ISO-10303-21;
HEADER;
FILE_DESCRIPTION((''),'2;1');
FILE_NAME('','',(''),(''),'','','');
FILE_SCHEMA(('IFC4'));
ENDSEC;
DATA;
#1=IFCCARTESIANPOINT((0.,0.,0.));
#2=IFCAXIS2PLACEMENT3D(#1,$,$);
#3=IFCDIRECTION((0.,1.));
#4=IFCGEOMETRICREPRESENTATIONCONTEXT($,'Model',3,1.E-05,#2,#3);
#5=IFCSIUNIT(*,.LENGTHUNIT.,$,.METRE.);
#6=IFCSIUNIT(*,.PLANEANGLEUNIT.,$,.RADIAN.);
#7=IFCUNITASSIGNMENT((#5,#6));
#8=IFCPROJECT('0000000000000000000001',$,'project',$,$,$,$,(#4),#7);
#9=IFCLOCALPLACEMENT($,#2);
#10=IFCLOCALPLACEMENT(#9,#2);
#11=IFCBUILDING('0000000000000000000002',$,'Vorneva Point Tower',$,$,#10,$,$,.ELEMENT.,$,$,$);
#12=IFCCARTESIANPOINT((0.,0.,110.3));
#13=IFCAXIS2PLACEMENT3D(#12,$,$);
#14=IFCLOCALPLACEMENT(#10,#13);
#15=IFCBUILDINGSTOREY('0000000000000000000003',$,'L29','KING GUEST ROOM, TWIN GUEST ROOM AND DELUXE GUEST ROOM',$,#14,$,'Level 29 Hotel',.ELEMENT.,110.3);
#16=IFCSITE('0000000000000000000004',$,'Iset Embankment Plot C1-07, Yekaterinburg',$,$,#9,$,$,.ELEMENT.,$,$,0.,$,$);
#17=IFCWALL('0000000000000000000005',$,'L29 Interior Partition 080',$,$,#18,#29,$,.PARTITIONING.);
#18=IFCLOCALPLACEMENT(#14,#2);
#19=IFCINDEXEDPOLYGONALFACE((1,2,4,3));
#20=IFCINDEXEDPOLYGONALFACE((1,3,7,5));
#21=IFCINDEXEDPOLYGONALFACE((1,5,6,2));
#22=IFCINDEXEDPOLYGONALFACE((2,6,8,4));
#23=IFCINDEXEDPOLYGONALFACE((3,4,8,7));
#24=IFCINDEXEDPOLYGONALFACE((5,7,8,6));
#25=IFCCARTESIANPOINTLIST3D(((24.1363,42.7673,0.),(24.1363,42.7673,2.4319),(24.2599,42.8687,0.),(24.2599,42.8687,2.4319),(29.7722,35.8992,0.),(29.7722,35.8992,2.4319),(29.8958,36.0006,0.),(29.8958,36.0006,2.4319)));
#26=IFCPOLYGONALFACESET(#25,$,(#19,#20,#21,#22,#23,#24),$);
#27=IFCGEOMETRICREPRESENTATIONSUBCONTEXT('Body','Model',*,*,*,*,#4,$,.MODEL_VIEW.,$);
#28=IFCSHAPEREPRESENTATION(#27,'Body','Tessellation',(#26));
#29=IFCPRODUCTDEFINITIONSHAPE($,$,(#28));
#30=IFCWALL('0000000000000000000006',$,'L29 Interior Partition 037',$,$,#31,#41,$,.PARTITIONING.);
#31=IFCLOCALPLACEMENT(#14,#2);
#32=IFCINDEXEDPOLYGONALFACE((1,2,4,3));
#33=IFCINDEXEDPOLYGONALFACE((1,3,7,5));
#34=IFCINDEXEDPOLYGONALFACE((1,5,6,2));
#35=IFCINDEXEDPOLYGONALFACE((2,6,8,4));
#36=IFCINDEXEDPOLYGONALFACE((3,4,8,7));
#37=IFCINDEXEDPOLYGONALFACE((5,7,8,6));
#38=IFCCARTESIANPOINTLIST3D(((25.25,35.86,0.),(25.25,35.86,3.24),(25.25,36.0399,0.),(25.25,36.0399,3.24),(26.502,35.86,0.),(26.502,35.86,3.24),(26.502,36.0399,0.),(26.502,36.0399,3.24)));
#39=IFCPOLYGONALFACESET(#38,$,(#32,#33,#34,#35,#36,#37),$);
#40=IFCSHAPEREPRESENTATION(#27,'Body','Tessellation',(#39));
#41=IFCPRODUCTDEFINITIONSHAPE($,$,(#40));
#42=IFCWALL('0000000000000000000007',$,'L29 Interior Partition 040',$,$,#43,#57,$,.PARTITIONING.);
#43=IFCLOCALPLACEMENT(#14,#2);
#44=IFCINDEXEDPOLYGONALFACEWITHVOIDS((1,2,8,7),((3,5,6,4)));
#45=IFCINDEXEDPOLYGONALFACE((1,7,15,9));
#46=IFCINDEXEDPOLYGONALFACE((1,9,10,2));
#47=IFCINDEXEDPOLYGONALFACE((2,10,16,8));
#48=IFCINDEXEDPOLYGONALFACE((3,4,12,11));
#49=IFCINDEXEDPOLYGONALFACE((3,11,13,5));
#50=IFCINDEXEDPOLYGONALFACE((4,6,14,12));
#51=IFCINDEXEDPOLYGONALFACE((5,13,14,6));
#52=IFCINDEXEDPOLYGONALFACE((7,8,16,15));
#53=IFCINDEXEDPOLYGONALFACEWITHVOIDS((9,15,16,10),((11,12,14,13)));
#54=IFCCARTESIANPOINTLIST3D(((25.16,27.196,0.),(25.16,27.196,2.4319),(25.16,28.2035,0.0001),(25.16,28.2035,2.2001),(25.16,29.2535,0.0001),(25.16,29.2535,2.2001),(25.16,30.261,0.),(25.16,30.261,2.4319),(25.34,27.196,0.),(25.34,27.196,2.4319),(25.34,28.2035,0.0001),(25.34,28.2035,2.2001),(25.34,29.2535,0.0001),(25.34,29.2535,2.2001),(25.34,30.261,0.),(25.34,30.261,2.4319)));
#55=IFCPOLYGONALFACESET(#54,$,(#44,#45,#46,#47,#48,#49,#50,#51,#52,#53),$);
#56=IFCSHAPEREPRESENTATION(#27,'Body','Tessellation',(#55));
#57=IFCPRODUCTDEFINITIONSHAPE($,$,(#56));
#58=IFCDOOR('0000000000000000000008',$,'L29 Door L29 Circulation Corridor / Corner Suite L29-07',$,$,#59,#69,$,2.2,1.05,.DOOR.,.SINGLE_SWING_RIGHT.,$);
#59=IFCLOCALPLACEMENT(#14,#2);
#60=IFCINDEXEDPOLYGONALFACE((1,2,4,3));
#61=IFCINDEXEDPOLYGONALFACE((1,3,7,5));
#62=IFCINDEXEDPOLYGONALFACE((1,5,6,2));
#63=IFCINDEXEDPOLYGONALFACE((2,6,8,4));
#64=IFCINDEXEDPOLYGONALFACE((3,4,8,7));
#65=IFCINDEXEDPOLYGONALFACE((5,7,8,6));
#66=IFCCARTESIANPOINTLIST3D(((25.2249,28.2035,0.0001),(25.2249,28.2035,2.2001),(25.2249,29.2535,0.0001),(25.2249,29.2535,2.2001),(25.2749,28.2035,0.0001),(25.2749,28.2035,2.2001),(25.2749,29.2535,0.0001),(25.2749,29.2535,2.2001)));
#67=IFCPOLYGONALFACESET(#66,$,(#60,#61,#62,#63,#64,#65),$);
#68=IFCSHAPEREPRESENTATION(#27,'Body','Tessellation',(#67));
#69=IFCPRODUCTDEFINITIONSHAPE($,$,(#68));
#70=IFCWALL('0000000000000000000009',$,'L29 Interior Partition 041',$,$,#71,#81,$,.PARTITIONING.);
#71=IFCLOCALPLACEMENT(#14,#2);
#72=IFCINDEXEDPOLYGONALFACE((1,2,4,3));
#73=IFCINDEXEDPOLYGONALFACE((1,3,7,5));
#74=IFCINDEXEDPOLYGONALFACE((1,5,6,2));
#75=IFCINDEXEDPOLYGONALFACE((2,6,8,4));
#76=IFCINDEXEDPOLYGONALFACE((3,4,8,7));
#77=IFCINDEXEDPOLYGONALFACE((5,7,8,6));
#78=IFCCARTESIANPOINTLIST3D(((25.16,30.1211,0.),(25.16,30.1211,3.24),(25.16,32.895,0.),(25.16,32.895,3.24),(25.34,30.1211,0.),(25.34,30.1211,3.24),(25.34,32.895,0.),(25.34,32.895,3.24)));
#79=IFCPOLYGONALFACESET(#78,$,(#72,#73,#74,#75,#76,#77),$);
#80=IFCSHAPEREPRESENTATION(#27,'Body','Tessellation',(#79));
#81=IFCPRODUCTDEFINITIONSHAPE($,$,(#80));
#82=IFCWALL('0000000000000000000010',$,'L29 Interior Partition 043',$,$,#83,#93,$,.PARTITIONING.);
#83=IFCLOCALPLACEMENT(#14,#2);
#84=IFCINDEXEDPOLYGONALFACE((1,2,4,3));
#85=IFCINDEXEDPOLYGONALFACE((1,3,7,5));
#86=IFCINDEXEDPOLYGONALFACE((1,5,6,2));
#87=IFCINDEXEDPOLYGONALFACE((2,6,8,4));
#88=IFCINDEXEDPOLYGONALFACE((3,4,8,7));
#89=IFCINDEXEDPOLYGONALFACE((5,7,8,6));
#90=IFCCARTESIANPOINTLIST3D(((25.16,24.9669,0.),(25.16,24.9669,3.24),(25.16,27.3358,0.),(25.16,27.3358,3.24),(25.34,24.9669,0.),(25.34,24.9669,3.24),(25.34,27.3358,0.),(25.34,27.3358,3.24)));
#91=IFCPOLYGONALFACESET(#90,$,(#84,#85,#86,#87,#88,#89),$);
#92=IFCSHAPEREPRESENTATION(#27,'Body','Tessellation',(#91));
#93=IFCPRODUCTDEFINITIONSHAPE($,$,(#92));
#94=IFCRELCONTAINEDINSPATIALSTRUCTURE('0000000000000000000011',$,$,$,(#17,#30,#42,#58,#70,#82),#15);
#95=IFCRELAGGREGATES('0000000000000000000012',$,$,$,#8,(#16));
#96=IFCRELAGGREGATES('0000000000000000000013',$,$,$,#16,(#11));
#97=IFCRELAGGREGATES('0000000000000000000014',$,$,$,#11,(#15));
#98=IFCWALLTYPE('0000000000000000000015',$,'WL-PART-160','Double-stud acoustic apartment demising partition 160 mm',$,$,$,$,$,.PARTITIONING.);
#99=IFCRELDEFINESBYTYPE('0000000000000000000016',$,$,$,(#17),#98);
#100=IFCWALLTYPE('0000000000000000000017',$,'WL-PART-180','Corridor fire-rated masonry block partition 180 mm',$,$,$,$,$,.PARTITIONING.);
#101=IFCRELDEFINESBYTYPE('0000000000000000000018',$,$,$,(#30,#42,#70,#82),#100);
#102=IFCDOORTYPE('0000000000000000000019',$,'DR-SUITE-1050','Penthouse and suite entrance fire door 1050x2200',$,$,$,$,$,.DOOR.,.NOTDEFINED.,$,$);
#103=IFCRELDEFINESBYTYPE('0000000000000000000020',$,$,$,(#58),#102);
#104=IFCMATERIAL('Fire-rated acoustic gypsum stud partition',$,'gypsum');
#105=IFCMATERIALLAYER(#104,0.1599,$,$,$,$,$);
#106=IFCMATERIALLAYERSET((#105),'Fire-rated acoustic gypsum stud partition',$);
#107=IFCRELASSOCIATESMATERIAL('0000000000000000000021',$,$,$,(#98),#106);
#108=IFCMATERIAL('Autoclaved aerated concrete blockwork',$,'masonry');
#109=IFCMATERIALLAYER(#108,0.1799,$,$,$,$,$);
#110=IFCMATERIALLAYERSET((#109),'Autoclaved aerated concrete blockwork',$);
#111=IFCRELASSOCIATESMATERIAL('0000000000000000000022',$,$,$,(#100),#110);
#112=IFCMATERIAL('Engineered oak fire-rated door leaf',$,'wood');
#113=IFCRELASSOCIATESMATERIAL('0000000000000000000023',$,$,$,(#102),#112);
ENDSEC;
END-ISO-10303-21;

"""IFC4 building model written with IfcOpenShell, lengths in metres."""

from ifc_helpers import new_model, si_unit, direction, frame, frame_2d, origin, place, context, subcontext, project, spatial, rectangle, extrude, material, layer, layer_set, type_object, element, fill, save


model = new_model("IFC4")

# Units and contexts
model_context = context("Model", 3, precision=1e-05, world=origin(), true_north=direction((0.0, 1.0)))
body_context = subcontext(model_context, "Body", "Model", "MODEL_VIEW")
ifc_project = project(units=[si_unit("LENGTHUNIT", "METRE"), si_unit("PLANEANGLEUNIT", "RADIAN")], contexts=[model_context])

# Site, building, storey
site_placement = place(None, origin())
site = spatial("IfcSite", under=ifc_project, at=site_placement, Name="Iset Embankment Plot C1-07, Yekaterinburg", CompositionType="ELEMENT", RefElevation=0.0)
building_placement = place(site_placement, origin())
building = spatial("IfcBuilding", under=site, at=building_placement, Name="Vorneva Point Tower", CompositionType="ELEMENT")
storey_placement = place(building_placement, frame((0.0, 0.0, 110.3)))
storey = spatial("IfcBuildingStorey", under=building, at=storey_placement, Name="L29", Description="KING GUEST ROOM, TWIN GUEST ROOM AND DELUXE GUEST ROOM", LongName="Level 29 Hotel", CompositionType="ELEMENT", Elevation=110.3)

# Shared definitions
ifc_material_1 = material(Name="Fire-rated acoustic gypsum stud partition", Category="gypsum")
ifc_material_2 = material(Name="Engineered oak fire-rated door leaf", Category="wood")

# Wall
ifc_layer_1 = layer(ifc_material_1, 0.1599)
ifc_layer_set_1 = layer_set([ifc_layer_1], Name="Fire-rated acoustic gypsum stud partition")
wall_type_1 = type_object("IfcWallType", Name="WL-PART-160", Description="Double-stud acoustic apartment demising partition 160 mm", PredefinedType="PARTITIONING", material=ifc_layer_set_1)
wall_1_placement = place(storey_placement, frame((24.198, 42.8181, 0.0), z_axis=(0.0, 0.0, 1.0), x_axis=(0.634355, -0.773042, 0.0)))
element("IfcWall", 1, at=wall_1_placement, inside=storey, type_object=wall_type_1, Name="L29 Interior Partition 080", PredefinedType="PARTITIONING", context=body_context, shape_type="SweptSolid", body=[
    extrude(rectangle(XDim=8.8845, YDim=0.1599, at=frame_2d((4.4424, 0.0))), origin(), (0.0, 0.0, 1.0), 2.4319),
])

# Shared definitions
ifc_material_3 = material(Name="Autoclaved aerated concrete blockwork", Category="masonry")
ifc_layer_2 = layer(ifc_material_3, 0.1799)
ifc_layer_set_2 = layer_set([ifc_layer_2], Name="Autoclaved aerated concrete blockwork")
wall_type_2 = type_object("IfcWallType", Name="WL-PART-180", Description="Corridor fire-rated masonry block partition 180 mm", PredefinedType="PARTITIONING", material=ifc_layer_set_2)

# Wall
wall_2_placement = place(storey_placement, frame((26.502, 35.95, 0.0), z_axis=(0.0, 0.0, 1.0), x_axis=(-1.0, 0.0, 0.0)))
element("IfcWall", 2, at=wall_2_placement, inside=storey, type_object=wall_type_2, Name="L29 Interior Partition 037", PredefinedType="PARTITIONING", context=body_context, shape_type="SweptSolid", body=[
    extrude(rectangle(XDim=1.252, YDim=0.1799, at=frame_2d((0.626, 0.0))), origin(), (0.0, 0.0, 1.0), 3.24),
])

# Wall, opening, door
wall_3_placement = place(storey_placement, frame((25.25, 30.261, 0.0), z_axis=(0.0, 0.0, 1.0), x_axis=(0.0, -1.0, 0.0)))
wall_3 = element("IfcWall", 3, at=wall_3_placement, inside=storey, type_object=wall_type_2, Name="L29 Interior Partition 040", PredefinedType="PARTITIONING", context=body_context, shape_type="SweptSolid", body=[
    extrude(rectangle(XDim=3.0649, YDim=0.1799, at=frame_2d((1.5325, 0.0))), origin(), (0.0, 0.0, 1.0), 2.4319),
])
opening_1_placement = place(wall_3_placement, frame((1.0076, 0.0, 0.0)))
opening_1 = element("IfcOpeningElement", 4, at=opening_1_placement, cuts=wall_3, PredefinedType="OPENING", context=body_context, shape_type="SweptSolid", body=[
    extrude(rectangle(XDim=1.05, YDim=2.2, at=frame_2d((0.5249, 1.1001))), frame((0.0, 0.105, 0.0), z_axis=(0.0, -1.0, 0.0), x_axis=(1.0, 0.0, 0.0)), (0.0, 0.0, 1.0), 0.2097),
])
door_type_1 = type_object("IfcDoorType", Name="DR-SUITE-1050", Description="Penthouse and suite entrance fire door 1050x2200", OperationType="NOTDEFINED", PredefinedType="DOOR", material=ifc_material_2)
door_1_placement = place(opening_1_placement, origin())
door_1 = element("IfcDoor", 5, at=door_1_placement, inside=storey, type_object=door_type_1, Name="L29 Door L29 Circulation Corridor / Corner Suite L29-07", OperationType="SINGLE_SWING_RIGHT", OverallHeight=2.2, OverallWidth=1.05, PredefinedType="DOOR", context=body_context, shape_type="SweptSolid", body=[
    extrude(rectangle(XDim=1.05, YDim=2.2, at=frame_2d((0.5249, 1.1001))), frame((0.0, 0.0249, 0.0), z_axis=(0.0, -1.0, 0.0), x_axis=(1.0, 0.0, 0.0)), (0.0, 0.0, 1.0), 0.05),
])
fill(opening_1, door_1)

# Walls
wall_4_placement = place(storey_placement, frame((25.25, 32.895, 0.0), z_axis=(0.0, 0.0, 1.0), x_axis=(0.0, -1.0, 0.0)))
element("IfcWall", 6, at=wall_4_placement, inside=storey, type_object=wall_type_2, Name="L29 Interior Partition 041", PredefinedType="PARTITIONING", context=body_context, shape_type="SweptSolid", body=[
    extrude(rectangle(XDim=2.7739, YDim=0.1799, at=frame_2d((1.387, 0.0))), origin(), (0.0, 0.0, 1.0), 3.24),
])
wall_5_placement = place(storey_placement, frame((25.25, 27.3359, 0.0), z_axis=(0.0, 0.0, 1.0), x_axis=(0.0, -1.0, 0.0)))
element("IfcWall", 7, at=wall_5_placement, inside=storey, type_object=wall_type_2, Name="L29 Interior Partition 043", PredefinedType="PARTITIONING", context=body_context, shape_type="SweptSolid", body=[
    extrude(rectangle(XDim=2.3689, YDim=0.1799, at=frame_2d((1.1846, 0.0))), origin(), (0.0, 0.0, 1.0), 3.24),
])

save(model, "model.ifc")
